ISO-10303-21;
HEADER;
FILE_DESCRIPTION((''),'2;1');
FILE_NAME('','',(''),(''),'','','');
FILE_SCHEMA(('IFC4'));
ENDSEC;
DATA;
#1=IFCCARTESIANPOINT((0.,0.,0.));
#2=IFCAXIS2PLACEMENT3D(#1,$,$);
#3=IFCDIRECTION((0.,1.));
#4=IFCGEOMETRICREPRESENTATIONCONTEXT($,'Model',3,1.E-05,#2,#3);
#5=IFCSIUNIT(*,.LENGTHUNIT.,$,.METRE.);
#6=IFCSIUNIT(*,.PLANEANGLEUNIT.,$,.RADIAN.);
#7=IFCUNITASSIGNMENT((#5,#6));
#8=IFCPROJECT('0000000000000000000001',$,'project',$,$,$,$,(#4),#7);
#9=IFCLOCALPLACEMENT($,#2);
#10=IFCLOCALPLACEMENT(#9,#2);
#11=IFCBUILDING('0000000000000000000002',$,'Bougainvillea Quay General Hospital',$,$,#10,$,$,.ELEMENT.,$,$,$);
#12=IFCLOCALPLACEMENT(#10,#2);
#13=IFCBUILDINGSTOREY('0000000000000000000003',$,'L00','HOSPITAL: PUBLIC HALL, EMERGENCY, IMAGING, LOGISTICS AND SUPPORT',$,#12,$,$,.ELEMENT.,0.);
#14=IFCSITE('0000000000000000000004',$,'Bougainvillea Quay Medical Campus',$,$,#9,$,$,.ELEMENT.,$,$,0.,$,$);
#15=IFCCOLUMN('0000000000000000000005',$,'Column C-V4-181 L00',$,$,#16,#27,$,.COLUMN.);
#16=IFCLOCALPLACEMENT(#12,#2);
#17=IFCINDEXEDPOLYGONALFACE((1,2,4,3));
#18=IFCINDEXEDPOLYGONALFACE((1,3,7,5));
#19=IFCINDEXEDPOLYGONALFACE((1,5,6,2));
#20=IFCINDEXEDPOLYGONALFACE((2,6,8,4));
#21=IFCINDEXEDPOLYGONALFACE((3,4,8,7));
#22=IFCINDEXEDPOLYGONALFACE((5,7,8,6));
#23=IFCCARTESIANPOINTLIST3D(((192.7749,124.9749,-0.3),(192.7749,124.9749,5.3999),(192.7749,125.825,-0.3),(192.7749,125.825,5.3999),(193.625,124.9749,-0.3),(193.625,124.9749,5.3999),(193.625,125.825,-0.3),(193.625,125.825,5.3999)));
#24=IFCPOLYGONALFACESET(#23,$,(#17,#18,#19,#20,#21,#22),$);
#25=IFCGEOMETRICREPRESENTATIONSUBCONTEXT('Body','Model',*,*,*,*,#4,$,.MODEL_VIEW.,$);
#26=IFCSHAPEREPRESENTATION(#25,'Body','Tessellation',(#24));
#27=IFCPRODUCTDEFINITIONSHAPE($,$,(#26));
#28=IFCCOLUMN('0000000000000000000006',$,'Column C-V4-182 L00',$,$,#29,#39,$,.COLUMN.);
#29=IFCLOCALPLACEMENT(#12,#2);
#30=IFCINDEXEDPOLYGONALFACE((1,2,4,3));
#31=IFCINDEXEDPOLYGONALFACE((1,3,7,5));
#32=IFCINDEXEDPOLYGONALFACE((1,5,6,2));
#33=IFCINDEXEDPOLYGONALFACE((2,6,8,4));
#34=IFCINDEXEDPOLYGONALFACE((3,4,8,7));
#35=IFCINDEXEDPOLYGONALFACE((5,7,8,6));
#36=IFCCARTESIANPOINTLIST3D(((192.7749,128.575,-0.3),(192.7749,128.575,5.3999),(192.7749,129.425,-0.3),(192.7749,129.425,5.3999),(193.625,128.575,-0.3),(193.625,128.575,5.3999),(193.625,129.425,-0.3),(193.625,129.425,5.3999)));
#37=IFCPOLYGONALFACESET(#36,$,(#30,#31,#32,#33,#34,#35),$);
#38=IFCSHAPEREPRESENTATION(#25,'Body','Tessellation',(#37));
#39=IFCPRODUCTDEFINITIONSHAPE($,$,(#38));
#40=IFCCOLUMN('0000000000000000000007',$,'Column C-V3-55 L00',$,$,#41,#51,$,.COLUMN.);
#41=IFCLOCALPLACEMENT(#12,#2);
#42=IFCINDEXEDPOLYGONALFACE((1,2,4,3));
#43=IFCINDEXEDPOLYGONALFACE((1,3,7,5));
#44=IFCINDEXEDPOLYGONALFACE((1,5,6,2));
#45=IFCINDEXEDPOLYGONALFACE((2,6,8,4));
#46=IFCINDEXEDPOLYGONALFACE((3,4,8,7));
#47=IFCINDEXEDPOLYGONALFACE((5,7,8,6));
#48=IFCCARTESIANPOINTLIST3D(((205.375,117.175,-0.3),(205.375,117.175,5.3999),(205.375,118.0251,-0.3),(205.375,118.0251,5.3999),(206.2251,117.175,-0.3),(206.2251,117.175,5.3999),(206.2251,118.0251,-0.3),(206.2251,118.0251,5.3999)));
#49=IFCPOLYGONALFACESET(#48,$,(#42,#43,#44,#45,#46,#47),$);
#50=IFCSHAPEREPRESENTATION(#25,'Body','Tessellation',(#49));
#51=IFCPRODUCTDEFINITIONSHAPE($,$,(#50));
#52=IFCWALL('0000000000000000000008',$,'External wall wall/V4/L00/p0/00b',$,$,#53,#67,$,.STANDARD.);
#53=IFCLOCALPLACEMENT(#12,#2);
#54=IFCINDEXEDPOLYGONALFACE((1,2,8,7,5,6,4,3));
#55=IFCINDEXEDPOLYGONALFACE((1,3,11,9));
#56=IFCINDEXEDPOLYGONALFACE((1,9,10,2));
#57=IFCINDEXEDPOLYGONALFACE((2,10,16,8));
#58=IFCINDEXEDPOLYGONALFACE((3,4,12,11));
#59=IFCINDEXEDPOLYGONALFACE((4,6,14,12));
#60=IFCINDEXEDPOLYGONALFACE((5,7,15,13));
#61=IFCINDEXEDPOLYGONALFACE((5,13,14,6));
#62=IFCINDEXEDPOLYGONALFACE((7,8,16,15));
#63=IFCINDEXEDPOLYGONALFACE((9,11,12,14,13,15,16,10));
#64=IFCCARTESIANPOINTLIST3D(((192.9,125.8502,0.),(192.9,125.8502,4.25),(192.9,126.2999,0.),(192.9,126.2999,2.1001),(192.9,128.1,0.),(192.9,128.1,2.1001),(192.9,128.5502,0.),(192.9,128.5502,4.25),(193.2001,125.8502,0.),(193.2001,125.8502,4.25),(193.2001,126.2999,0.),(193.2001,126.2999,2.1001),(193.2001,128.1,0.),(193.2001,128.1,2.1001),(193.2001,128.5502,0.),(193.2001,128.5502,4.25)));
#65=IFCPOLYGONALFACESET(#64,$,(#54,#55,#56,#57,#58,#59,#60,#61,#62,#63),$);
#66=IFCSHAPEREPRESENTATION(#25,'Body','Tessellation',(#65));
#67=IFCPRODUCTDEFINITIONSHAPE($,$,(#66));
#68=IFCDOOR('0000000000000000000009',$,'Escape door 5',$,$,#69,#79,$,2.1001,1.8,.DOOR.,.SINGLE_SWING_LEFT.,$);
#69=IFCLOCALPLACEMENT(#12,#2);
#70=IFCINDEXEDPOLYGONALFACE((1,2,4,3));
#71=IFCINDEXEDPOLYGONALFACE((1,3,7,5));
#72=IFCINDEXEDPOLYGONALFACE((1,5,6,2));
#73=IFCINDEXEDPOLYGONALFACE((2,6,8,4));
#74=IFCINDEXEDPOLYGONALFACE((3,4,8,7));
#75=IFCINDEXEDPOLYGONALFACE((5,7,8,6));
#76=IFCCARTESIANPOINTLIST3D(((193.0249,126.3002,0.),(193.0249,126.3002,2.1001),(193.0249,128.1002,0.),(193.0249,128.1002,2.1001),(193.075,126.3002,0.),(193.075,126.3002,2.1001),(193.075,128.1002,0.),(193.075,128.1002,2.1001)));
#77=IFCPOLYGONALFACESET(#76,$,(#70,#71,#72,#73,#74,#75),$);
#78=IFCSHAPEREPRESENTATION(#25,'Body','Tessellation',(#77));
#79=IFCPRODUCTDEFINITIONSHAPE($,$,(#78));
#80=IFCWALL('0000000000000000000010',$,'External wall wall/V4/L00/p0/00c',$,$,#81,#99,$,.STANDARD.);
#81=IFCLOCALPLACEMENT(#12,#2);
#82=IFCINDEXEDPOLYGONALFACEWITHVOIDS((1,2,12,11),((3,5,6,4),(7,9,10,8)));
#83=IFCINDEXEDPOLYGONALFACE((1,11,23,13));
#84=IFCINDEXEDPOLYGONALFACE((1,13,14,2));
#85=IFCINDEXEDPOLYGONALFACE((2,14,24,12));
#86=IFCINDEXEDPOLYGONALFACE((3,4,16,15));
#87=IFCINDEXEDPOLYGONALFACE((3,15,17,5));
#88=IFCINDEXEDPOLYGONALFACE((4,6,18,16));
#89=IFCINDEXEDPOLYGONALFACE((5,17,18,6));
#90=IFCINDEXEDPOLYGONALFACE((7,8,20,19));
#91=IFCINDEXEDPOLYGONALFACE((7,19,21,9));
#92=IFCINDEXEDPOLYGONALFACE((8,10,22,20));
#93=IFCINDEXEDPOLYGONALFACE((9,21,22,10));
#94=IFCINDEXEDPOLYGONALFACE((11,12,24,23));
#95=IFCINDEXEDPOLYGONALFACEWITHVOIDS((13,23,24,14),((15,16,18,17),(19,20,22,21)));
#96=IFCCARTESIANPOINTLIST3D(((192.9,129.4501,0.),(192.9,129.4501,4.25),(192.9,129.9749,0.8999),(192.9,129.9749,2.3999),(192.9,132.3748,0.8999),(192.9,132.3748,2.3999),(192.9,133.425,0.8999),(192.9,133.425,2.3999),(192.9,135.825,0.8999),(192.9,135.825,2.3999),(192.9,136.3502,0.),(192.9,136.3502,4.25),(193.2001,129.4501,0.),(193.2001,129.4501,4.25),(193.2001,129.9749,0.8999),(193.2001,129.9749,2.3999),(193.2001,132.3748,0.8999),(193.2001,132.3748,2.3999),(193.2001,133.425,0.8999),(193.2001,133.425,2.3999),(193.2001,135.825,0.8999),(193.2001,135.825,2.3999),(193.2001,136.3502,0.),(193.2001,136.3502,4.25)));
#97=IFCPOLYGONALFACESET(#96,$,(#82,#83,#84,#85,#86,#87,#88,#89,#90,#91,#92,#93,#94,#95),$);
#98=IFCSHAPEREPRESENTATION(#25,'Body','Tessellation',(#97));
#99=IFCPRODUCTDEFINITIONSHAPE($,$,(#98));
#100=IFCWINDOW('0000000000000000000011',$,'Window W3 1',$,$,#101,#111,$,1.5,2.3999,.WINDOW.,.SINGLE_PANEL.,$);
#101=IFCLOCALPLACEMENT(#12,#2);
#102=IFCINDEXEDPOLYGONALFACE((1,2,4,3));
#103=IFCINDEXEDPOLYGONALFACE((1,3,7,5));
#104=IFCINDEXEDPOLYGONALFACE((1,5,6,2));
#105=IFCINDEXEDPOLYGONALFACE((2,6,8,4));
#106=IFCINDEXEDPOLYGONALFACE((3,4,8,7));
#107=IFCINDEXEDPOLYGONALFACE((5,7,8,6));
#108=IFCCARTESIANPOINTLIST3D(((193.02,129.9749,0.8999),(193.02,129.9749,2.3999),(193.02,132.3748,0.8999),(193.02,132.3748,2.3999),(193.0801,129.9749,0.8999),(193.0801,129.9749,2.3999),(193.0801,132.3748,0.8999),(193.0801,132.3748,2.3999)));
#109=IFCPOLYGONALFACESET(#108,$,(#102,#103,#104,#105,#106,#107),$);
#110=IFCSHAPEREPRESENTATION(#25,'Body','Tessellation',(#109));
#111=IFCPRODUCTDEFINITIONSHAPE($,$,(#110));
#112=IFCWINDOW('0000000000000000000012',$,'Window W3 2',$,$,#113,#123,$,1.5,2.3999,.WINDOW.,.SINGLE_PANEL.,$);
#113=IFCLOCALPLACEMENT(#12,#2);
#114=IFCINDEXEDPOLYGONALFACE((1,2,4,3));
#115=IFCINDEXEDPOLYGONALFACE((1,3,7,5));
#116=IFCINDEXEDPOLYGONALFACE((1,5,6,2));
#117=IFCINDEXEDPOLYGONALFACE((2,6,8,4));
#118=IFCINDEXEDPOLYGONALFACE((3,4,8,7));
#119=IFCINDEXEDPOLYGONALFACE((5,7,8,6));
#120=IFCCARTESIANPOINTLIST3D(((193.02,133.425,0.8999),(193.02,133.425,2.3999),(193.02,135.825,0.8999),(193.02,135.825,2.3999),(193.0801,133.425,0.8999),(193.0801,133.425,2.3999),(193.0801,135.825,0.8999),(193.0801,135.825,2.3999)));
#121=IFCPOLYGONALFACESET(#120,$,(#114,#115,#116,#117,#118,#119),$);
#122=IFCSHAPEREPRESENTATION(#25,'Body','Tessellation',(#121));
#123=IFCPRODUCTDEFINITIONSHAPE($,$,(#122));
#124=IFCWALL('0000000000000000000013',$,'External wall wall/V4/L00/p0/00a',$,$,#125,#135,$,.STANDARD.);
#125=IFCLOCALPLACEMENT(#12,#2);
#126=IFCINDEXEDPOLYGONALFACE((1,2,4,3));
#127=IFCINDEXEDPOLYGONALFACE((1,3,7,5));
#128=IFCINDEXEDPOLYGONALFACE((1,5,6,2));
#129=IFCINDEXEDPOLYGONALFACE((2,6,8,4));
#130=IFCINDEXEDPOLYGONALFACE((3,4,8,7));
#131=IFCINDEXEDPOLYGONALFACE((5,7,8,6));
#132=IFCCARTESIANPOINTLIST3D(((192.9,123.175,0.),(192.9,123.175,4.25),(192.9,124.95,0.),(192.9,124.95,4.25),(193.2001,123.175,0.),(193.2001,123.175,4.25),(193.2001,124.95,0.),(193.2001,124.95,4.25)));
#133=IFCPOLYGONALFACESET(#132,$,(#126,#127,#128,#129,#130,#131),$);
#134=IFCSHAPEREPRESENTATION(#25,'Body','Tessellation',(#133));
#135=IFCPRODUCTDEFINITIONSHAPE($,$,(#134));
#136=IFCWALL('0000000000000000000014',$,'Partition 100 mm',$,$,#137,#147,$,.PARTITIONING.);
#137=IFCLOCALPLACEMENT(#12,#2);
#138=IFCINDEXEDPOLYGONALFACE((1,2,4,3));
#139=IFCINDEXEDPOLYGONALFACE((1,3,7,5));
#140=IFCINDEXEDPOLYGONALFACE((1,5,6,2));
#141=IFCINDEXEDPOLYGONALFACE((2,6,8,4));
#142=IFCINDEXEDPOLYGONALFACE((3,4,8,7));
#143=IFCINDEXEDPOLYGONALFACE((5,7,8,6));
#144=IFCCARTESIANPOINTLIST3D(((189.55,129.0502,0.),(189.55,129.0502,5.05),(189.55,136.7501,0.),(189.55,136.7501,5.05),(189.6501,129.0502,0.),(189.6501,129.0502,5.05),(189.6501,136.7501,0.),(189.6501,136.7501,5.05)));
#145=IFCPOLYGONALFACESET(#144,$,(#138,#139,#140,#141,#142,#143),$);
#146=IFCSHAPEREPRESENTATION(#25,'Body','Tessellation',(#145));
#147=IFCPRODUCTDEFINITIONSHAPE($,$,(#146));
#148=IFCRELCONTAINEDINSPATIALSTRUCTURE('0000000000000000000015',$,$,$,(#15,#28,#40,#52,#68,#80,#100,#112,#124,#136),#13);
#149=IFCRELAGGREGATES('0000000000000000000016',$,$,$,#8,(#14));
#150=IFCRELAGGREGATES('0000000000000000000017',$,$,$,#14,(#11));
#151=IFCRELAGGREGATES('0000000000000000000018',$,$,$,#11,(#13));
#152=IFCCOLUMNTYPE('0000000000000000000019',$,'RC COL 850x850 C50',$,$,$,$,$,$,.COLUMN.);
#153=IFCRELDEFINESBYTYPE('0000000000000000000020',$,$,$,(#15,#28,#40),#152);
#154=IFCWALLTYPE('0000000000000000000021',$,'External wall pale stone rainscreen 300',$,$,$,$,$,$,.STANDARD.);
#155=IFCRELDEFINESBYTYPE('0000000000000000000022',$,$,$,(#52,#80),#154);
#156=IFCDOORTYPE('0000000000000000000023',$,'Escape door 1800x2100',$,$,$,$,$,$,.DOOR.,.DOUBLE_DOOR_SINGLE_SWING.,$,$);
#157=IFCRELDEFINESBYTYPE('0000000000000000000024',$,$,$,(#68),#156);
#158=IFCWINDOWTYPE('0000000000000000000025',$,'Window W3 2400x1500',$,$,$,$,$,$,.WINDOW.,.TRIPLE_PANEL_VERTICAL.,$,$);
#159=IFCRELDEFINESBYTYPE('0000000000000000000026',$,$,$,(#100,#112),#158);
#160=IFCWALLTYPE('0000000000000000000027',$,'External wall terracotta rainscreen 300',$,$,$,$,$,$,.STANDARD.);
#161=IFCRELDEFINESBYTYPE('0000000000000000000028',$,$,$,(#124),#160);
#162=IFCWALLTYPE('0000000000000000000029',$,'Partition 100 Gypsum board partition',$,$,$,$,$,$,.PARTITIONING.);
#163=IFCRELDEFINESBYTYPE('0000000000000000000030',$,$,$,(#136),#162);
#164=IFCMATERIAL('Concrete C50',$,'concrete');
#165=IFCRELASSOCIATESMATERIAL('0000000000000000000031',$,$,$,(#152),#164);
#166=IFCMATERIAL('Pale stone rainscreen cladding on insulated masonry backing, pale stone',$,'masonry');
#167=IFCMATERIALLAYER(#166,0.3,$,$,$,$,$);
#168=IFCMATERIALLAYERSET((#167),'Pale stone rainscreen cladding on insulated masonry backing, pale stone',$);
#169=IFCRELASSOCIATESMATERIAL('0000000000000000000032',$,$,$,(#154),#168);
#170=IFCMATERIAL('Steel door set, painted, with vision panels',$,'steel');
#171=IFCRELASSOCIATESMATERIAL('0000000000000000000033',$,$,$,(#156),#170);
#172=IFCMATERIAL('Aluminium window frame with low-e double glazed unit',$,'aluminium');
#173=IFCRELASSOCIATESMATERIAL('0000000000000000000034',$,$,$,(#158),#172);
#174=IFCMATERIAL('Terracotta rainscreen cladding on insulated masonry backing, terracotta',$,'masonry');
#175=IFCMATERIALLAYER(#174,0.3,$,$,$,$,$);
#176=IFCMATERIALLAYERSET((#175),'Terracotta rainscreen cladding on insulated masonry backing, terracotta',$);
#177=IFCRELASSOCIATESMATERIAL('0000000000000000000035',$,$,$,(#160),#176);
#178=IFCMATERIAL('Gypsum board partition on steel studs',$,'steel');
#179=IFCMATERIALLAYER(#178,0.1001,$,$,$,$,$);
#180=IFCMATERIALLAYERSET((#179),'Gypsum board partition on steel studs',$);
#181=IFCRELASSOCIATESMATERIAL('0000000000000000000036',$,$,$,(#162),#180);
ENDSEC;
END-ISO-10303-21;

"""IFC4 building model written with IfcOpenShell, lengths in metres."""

from ifc_helpers import new_model, si_unit, direction, frame, frame_2d, origin, origin_2d, place, context, subcontext, project, spatial, rectangle, extrude, material, layer, layer_set, material_profile, profile_set, type_object, element, fill, save


model = new_model("IFC4")

# Units and contexts
model_context = context("Model", 3, precision=1e-05, world=origin(), true_north=direction((0.0, 1.0)))
body_context = subcontext(model_context, "Body", "Model", "MODEL_VIEW")
ifc_project = project(units=[si_unit("LENGTHUNIT", "METRE"), si_unit("PLANEANGLEUNIT", "RADIAN")], contexts=[model_context])

# Site, building, storey
site_placement = place(None, origin())
site = spatial("IfcSite", under=ifc_project, at=site_placement, Name="Bougainvillea Quay Medical Campus", CompositionType="ELEMENT", RefElevation=0.0)
building_placement = place(site_placement, origin())
building = spatial("IfcBuilding", under=site, at=building_placement, Name="Bougainvillea Quay General Hospital", CompositionType="ELEMENT")
storey_placement = place(building_placement, origin())
storey = spatial("IfcBuildingStorey", under=building, at=storey_placement, Name="L00", Description="HOSPITAL: PUBLIC HALL, EMERGENCY, IMAGING, LOGISTICS AND SUPPORT", CompositionType="ELEMENT", Elevation=0.0)

# Columns
ifc_material_1 = material(Name="Concrete C50", Category="concrete")
ifc_material_profile_1 = material_profile(ifc_material_1, rectangle(XDim=0.8501, YDim=0.8501, at=origin_2d()))
ifc_profile_set_1 = profile_set([ifc_material_profile_1], Name="Concrete C50")
column_type = type_object("IfcColumnType", Name="RC COL 850x850 C50", PredefinedType="COLUMN", material=ifc_profile_set_1)
for number, where, z_axis, x_axis, name in (
    (1, (193.2, 125.3999, -0.3), (0.0, 0.0, 1.0), (1.0, 0.0, 0.0), "Column C-V4-181 L00"),
    (2, (193.2, 129.0, -0.3), (0.0, 0.0, 1.0), (1.0, 0.0, 0.0), "Column C-V4-182 L00"),
    (3, (205.8, 117.6001, -0.3), (0.0, 0.0, 1.0), (1.0, 0.0, 0.0), "Column C-V3-55 L00"),
):
    element("IfcColumn", number, at=place(storey_placement, frame(where, z_axis=z_axis, x_axis=x_axis)), inside=storey, type_object=column_type, Name=name, PredefinedType="COLUMN", context=body_context, shape_type="SweptSolid", body=[
        extrude(rectangle(XDim=0.8501, YDim=0.8501, at=origin_2d()), origin(), (0.0, 0.0, 1.0), 5.7),
    ])

# Wall, opening, door
ifc_material_2 = material(Name="Pale stone rainscreen cladding on insulated masonry backing, pale stone", Category="masonry")
ifc_layer_1 = layer(ifc_material_2, 0.3)
ifc_layer_set_1 = layer_set([ifc_layer_1], Name="Pale stone rainscreen cladding on insulated masonry backing, pale stone")
wall_type_1 = type_object("IfcWallType", Name="External wall pale stone rainscreen 300", PredefinedType="STANDARD", material=ifc_layer_set_1)
wall_1_placement = place(storey_placement, frame((193.05, 125.8501, 0.0), z_axis=(0.0, 0.0, 1.0), x_axis=(0.0, 1.0, 0.0)))
wall_1 = element("IfcWall", 4, at=wall_1_placement, inside=storey, type_object=wall_type_1, Name="External wall wall/V4/L00/p0/00b", PredefinedType="STANDARD", context=body_context, shape_type="SweptSolid", body=[
    extrude(rectangle(XDim=2.7, YDim=0.3, at=frame_2d((1.3501, 0.0))), origin(), (0.0, 0.0, 1.0), 4.25),
])
opening_1_placement = place(wall_1_placement, frame((0.45, 0.0, 0.0)))
opening_1 = element("IfcOpeningElement", 5, at=opening_1_placement, cuts=wall_1, PredefinedType="OPENING", context=body_context, shape_type="SweptSolid", body=[
    extrude(rectangle(XDim=1.8, YDim=2.1001, at=frame_2d((0.8999, 1.05))), frame((0.0, 0.1599, 0.0), z_axis=(0.0, -1.0, 0.0), x_axis=(1.0, 0.0, 0.0)), (0.0, 0.0, 1.0), 0.3201),
])
ifc_material_3 = material(Name="Steel door set, painted, with vision panels", Category="steel")
door_type = type_object("IfcDoorType", Name="Escape door 1800x2100", OperationType="DOUBLE_DOOR_SINGLE_SWING", PredefinedType="DOOR", material=ifc_material_3)
door_placement = place(opening_1_placement, frame((1.8, 0.0, 0.0), z_axis=(0.0, 0.0, 1.0), x_axis=(-1.0, 0.0, 0.0)))
door = element("IfcDoor", 6, at=door_placement, inside=storey, type_object=door_type, Name="Escape door 5", OperationType="SINGLE_SWING_LEFT", OverallHeight=2.1001, OverallWidth=1.8, PredefinedType="DOOR", context=body_context, shape_type="SweptSolid", body=[
    extrude(rectangle(XDim=1.8, YDim=2.1001, at=frame_2d((0.8999, 1.05))), frame((0.0, 0.0249, 0.0), z_axis=(0.0, -1.0, 0.0), x_axis=(1.0, 0.0, 0.0)), (0.0, 0.0, 1.0), 0.05),
])
fill(opening_1, door)

# Wall, openings, windows
wall_2_placement = place(storey_placement, frame((193.05, 129.45, 0.0), z_axis=(0.0, 0.0, 1.0), x_axis=(0.0, 1.0, 0.0)))
wall_2 = element("IfcWall", 7, at=wall_2_placement, inside=storey, type_object=wall_type_1, Name="External wall wall/V4/L00/p0/00c", PredefinedType="STANDARD", context=body_context, shape_type="SweptSolid", body=[
    extrude(rectangle(XDim=6.9001, YDim=0.3, at=frame_2d((3.4502, 0.0))), origin(), (0.0, 0.0, 1.0), 4.25),
])
opening_2_placement = place(wall_2_placement, frame((0.5249, 0.0, 0.8999)))
opening_2 = element("IfcOpeningElement", 8, at=opening_2_placement, cuts=wall_2, PredefinedType="OPENING", context=body_context, shape_type="SweptSolid", body=[
    extrude(rectangle(XDim=2.3999, YDim=1.5, at=frame_2d((1.2, 0.75))), frame((0.0, 0.1599, 0.0), z_axis=(0.0, -1.0, 0.0), x_axis=(1.0, 0.0, 0.0)), (0.0, 0.0, 1.0), 0.3201),
])
opening_3_placement = place(wall_2_placement, frame((3.9751, 0.0, 0.8999)))
opening_3 = element("IfcOpeningElement", 9, at=opening_3_placement, cuts=wall_2, PredefinedType="OPENING", context=body_context, shape_type="SweptSolid", body=[
    extrude(rectangle(XDim=2.3999, YDim=1.5, at=frame_2d((1.2, 0.75))), frame((0.0, 0.1599, 0.0), z_axis=(0.0, -1.0, 0.0), x_axis=(1.0, 0.0, 0.0)), (0.0, 0.0, 1.0), 0.3201),
])
ifc_material_4 = material(Name="Aluminium window frame with low-e double glazed unit", Category="aluminium")
window_type = type_object("IfcWindowType", Name="Window W3 2400x1500", PartitioningType="TRIPLE_PANEL_VERTICAL", PredefinedType="WINDOW", material=ifc_material_4)
window_1_placement = place(opening_2_placement, origin())
window_1 = element("IfcWindow", 10, at=window_1_placement, inside=storey, type_object=window_type, Name="Window W3 1", OverallHeight=1.5, OverallWidth=2.3999, PartitioningType="SINGLE_PANEL", PredefinedType="WINDOW", context=body_context, shape_type="SweptSolid", body=[
    extrude(rectangle(XDim=2.3999, YDim=1.5, at=frame_2d((1.2, 0.75))), frame((0.0, 0.03, 0.0), z_axis=(0.0, -1.0, 0.0), x_axis=(1.0, 0.0, 0.0)), (0.0, 0.0, 1.0), 0.0601),
])
fill(opening_2, window_1)
window_2_placement = place(opening_3_placement, origin())
window_2 = element("IfcWindow", 11, at=window_2_placement, inside=storey, type_object=window_type, Name="Window W3 2", OverallHeight=1.5, OverallWidth=2.3999, PartitioningType="SINGLE_PANEL", PredefinedType="WINDOW", context=body_context, shape_type="SweptSolid", body=[
    extrude(rectangle(XDim=2.3999, YDim=1.5, at=frame_2d((1.2, 0.75))), frame((0.0, 0.03, 0.0), z_axis=(0.0, -1.0, 0.0), x_axis=(1.0, 0.0, 0.0)), (0.0, 0.0, 1.0), 0.0601),
])
fill(opening_3, window_2)

# Walls
ifc_material_5 = material(Name="Terracotta rainscreen cladding on insulated masonry backing, terracotta", Category="masonry")
ifc_layer_2 = layer(ifc_material_5, 0.3)
ifc_layer_set_2 = layer_set([ifc_layer_2], Name="Terracotta rainscreen cladding on insulated masonry backing, terracotta")
wall_type_2 = type_object("IfcWallType", Name="External wall terracotta rainscreen 300", PredefinedType="STANDARD", material=ifc_layer_set_2)
wall_3_placement = place(storey_placement, frame((193.05, 123.175, 0.0), z_axis=(0.0, 0.0, 1.0), x_axis=(0.0, 1.0, 0.0)))
element("IfcWall", 12, at=wall_3_placement, inside=storey, type_object=wall_type_2, Name="External wall wall/V4/L00/p0/00a", PredefinedType="STANDARD", context=body_context, shape_type="SweptSolid", body=[
    extrude(rectangle(XDim=1.7749, YDim=0.3, at=frame_2d((0.8875, 0.0))), origin(), (0.0, 0.0, 1.0), 4.25),
])
ifc_material_6 = material(Name="Gypsum board partition on steel studs", Category="steel")
ifc_layer_3 = layer(ifc_material_6, 0.1001)
ifc_layer_set_3 = layer_set([ifc_layer_3], Name="Gypsum board partition on steel studs")
wall_type_3 = type_object("IfcWallType", Name="Partition 100 Gypsum board partition", PredefinedType="PARTITIONING", material=ifc_layer_set_3)
wall_4_placement = place(storey_placement, frame((189.6001, 129.05, 0.0), z_axis=(0.0, 0.0, 1.0), x_axis=(0.0, 1.0, 0.0)))
element("IfcWall", 13, at=wall_4_placement, inside=storey, type_object=wall_type_3, Name="Partition 100 mm", PredefinedType="PARTITIONING", context=body_context, shape_type="SweptSolid", body=[
    extrude(rectangle(XDim=7.7, YDim=0.1001, at=frame_2d((3.8501, 0.0))), origin(), (0.0, 0.0, 1.0), 5.05),
])

save(model, "model.ifc")
